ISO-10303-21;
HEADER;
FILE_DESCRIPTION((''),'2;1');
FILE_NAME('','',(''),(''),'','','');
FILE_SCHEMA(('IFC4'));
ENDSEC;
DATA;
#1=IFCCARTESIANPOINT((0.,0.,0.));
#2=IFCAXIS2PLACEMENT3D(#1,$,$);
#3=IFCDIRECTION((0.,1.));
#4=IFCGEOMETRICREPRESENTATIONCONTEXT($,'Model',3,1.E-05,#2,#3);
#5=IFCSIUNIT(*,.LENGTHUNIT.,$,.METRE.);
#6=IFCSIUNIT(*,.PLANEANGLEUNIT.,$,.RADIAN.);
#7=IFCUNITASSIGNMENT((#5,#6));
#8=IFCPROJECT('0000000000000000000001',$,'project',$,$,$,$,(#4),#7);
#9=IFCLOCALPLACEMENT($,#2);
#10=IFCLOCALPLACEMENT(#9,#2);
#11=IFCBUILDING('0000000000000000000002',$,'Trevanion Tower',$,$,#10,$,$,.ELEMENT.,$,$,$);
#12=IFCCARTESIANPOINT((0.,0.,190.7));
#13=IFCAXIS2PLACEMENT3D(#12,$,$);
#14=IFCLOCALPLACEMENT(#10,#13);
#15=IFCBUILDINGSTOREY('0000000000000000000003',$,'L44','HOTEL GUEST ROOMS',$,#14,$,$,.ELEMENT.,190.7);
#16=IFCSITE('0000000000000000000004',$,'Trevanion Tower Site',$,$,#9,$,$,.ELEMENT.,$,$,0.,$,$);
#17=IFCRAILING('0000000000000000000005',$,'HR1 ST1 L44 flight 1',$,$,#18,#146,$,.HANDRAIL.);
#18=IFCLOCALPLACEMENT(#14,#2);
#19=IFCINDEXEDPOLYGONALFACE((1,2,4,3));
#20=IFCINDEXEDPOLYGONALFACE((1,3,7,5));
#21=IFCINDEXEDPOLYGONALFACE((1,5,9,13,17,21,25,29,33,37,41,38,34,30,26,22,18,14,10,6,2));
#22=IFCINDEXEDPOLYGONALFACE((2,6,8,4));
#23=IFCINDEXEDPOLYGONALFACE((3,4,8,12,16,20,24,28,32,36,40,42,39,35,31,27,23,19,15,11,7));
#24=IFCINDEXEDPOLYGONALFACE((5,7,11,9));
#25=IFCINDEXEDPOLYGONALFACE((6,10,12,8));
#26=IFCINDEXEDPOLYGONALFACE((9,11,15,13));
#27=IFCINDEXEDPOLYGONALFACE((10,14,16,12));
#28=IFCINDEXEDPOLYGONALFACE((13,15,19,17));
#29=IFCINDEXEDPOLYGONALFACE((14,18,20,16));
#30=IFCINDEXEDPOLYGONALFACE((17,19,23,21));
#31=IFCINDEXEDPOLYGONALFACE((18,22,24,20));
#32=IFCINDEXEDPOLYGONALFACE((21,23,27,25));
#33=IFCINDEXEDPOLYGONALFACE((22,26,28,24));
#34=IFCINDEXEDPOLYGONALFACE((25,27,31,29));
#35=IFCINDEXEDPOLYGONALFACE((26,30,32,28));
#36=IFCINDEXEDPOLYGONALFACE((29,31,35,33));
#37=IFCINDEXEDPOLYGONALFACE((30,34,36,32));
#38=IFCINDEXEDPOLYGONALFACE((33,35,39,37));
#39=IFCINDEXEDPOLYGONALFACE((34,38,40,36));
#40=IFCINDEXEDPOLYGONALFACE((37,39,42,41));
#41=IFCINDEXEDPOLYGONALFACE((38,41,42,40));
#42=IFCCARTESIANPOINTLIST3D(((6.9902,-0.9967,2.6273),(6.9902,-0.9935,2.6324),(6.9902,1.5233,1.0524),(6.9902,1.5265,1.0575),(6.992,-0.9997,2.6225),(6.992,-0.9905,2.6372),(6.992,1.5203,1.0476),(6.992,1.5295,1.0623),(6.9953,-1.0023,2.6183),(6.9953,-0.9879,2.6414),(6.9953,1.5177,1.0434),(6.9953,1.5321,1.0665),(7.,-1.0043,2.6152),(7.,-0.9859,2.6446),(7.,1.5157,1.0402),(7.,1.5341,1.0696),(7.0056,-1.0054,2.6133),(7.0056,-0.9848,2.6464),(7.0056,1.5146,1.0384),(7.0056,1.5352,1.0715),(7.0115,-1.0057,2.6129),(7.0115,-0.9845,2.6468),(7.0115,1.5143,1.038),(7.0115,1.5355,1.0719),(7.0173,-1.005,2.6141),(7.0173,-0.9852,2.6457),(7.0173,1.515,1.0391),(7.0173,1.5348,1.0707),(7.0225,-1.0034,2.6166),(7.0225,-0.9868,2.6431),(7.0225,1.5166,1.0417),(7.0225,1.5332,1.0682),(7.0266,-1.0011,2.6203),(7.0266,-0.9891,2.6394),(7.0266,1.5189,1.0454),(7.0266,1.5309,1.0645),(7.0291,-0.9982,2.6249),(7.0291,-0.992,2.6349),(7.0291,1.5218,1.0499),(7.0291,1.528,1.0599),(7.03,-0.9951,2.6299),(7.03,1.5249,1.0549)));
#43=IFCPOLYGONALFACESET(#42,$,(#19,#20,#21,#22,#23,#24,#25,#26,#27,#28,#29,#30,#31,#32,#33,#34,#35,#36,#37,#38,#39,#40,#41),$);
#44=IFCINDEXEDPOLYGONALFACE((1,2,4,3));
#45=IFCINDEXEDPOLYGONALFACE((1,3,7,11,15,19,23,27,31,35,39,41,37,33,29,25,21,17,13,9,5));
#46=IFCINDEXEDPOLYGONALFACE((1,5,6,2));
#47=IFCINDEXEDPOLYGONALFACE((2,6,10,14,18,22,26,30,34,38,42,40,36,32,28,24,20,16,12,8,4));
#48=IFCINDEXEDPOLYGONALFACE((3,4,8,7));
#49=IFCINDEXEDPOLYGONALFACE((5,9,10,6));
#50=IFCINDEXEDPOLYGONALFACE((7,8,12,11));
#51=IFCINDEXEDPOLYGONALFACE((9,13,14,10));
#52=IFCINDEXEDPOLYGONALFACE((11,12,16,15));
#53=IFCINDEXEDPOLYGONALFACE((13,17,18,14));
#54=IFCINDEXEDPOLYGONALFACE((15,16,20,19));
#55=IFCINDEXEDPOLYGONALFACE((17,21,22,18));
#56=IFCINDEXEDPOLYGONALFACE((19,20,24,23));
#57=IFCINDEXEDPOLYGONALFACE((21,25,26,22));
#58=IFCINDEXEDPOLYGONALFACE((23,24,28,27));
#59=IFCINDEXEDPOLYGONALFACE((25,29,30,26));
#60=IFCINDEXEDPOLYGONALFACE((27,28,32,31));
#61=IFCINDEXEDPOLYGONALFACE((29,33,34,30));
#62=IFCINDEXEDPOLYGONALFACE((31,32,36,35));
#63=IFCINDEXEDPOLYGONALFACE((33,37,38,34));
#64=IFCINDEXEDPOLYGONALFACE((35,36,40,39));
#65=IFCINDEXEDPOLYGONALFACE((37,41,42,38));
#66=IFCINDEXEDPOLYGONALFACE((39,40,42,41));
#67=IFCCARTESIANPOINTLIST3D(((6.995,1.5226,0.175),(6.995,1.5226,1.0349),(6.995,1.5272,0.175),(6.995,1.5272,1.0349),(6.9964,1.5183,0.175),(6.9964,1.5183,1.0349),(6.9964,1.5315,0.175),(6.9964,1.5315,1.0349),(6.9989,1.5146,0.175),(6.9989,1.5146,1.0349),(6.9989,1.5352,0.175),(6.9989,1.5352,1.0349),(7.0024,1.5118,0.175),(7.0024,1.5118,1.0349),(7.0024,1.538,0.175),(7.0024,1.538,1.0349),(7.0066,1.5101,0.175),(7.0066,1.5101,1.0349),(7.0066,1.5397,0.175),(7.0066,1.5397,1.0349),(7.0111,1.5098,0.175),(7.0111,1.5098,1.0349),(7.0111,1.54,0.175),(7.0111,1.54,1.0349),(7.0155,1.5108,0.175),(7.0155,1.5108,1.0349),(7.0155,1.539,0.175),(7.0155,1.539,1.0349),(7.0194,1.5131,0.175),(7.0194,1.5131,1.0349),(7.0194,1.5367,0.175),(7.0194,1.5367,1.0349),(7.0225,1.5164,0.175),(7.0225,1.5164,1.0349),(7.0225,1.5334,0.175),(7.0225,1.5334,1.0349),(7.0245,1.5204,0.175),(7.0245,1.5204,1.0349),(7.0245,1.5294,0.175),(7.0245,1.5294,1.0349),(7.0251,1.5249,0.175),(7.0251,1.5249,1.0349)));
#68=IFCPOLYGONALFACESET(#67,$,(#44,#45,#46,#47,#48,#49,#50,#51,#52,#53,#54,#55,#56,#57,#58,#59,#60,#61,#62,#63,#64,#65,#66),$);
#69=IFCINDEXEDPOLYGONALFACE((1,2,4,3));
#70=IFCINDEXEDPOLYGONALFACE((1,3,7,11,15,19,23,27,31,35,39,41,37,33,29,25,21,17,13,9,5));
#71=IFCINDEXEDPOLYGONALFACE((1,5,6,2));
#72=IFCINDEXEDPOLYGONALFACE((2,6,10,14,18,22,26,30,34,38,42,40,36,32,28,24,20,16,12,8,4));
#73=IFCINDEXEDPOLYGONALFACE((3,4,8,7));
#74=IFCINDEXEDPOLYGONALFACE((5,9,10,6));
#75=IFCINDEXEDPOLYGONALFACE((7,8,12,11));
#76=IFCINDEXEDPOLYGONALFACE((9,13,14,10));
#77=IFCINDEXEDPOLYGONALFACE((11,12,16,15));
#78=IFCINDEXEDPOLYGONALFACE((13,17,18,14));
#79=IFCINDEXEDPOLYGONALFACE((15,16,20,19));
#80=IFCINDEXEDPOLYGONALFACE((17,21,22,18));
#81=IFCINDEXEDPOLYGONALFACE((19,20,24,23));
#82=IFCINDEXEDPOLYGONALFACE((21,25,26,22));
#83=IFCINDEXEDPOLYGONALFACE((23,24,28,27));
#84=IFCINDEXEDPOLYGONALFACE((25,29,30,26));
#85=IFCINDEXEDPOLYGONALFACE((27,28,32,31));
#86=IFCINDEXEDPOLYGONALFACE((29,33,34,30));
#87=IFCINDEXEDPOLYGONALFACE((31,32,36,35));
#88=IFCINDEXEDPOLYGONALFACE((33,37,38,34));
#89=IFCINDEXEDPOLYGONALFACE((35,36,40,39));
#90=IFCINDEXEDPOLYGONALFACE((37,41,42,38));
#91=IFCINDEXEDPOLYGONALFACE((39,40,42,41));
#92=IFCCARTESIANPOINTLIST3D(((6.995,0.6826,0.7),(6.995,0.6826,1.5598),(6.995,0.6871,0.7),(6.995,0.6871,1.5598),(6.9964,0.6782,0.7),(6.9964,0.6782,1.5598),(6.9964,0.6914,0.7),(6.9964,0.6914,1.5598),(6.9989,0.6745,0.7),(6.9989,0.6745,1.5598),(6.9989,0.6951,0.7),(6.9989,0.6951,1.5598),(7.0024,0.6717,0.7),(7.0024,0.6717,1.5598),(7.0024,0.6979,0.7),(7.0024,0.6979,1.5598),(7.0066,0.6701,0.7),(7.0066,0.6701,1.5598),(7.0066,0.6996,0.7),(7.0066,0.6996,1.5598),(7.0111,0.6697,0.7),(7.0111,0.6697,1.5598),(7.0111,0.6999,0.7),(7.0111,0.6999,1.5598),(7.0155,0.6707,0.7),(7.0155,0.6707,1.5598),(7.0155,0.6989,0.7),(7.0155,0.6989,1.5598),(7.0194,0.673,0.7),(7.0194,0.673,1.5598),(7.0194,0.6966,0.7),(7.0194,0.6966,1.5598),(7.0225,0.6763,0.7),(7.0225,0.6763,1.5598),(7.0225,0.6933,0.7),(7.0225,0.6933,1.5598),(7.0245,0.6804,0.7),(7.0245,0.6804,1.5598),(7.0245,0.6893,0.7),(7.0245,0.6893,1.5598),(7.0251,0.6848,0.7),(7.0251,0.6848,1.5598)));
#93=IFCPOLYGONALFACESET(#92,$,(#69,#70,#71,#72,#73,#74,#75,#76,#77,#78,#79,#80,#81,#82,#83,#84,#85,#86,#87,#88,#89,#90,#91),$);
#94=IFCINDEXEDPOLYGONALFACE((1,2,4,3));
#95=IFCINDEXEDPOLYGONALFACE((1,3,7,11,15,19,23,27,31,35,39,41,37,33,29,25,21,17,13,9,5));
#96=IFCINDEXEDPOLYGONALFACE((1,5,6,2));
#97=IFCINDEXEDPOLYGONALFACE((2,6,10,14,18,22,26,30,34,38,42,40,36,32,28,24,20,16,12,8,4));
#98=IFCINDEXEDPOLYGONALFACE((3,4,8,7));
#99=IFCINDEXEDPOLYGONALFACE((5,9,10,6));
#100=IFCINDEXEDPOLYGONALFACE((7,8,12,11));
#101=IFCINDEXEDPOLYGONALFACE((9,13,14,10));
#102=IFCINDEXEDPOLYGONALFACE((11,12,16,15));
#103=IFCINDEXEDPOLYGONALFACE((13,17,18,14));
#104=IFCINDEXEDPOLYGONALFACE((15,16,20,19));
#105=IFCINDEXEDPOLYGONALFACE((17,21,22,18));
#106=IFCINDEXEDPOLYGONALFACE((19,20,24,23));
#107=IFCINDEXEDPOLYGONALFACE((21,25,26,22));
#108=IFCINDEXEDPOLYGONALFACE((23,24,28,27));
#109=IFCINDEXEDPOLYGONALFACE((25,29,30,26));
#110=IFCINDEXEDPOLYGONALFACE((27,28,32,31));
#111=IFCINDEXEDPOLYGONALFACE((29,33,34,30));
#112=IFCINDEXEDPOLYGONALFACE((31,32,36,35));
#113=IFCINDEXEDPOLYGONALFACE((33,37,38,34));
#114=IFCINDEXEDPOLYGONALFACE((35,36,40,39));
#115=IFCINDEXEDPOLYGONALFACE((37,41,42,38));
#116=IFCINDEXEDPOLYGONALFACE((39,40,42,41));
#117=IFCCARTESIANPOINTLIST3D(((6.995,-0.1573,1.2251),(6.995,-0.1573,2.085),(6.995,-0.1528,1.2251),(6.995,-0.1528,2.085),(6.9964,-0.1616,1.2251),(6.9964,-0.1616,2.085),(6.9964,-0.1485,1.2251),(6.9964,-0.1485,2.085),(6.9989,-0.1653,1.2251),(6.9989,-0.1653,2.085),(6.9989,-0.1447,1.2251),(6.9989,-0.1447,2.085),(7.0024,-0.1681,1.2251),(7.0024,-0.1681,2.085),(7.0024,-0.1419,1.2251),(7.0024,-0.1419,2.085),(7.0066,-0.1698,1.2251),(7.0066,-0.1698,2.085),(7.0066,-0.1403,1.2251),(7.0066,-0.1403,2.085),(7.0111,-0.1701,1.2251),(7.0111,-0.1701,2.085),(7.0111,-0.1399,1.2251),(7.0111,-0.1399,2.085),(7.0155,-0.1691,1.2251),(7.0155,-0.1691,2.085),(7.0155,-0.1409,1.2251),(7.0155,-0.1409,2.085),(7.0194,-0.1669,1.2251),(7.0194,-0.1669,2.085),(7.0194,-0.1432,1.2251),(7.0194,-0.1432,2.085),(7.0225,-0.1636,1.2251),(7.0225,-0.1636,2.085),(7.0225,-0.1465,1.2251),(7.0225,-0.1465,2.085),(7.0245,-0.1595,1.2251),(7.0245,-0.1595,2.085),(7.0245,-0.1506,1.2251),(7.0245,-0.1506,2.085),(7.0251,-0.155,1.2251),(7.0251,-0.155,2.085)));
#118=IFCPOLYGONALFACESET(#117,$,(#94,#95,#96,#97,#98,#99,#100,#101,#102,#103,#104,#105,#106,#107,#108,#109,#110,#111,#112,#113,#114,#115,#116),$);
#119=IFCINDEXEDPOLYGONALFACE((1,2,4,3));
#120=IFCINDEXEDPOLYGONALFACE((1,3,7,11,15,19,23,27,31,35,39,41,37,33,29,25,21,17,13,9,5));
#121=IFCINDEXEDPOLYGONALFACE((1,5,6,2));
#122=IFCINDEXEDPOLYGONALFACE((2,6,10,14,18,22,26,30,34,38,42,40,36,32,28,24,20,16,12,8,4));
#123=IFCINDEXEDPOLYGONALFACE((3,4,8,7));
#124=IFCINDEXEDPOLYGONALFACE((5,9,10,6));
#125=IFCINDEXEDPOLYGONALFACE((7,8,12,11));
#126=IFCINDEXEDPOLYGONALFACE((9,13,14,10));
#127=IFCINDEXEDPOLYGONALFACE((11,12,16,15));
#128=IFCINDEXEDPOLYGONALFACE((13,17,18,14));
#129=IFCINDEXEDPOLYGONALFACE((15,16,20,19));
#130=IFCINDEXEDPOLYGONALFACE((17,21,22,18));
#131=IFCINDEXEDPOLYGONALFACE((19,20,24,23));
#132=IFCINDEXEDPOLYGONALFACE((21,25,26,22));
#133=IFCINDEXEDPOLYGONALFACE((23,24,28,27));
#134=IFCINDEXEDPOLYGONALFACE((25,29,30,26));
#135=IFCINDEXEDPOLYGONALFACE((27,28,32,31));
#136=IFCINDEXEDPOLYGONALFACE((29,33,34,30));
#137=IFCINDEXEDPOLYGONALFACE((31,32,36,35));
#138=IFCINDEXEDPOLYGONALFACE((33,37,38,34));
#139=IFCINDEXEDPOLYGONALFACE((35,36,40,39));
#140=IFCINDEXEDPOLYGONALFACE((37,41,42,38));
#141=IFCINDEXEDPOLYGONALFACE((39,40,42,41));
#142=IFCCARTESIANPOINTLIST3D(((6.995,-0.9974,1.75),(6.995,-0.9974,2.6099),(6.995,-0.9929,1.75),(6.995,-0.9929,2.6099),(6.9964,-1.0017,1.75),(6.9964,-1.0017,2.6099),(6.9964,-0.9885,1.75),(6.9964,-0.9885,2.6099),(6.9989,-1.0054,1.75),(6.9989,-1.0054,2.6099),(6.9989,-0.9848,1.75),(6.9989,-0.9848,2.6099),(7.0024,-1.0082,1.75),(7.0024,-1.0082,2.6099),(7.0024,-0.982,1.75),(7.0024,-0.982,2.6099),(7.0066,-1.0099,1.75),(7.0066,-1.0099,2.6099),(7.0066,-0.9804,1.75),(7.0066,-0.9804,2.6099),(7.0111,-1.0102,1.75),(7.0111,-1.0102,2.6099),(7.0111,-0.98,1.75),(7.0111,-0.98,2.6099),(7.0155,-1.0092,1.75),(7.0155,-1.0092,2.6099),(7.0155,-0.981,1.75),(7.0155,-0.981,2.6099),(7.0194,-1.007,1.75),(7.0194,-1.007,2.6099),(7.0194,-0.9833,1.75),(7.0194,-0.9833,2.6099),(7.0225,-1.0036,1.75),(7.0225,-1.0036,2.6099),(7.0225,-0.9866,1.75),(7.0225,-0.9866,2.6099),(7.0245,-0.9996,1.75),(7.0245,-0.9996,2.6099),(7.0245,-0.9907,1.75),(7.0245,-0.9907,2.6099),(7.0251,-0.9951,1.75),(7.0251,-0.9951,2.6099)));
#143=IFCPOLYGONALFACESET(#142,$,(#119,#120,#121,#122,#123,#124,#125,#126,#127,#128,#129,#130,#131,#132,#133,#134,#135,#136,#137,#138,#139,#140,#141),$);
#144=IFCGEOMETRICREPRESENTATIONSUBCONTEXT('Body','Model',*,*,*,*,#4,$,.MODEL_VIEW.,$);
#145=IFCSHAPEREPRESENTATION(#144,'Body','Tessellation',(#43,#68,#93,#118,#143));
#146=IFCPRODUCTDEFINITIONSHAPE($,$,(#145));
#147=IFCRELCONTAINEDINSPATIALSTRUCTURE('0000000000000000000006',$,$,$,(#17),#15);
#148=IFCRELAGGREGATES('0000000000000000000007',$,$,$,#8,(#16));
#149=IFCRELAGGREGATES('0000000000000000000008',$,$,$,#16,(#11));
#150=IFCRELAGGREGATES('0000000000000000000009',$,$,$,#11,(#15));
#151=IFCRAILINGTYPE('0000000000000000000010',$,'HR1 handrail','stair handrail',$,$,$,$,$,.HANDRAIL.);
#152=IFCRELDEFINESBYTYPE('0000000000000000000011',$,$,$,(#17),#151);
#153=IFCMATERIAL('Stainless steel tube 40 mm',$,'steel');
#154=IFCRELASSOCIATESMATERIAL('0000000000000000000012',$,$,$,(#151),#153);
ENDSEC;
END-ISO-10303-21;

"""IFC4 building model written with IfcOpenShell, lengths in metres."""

from ifc_helpers import new_model, si_unit, direction, frame, origin, origin_2d, place, context, subcontext, project, spatial, circle, extrude, material, type_object, element, save


model = new_model("IFC4")

# Units and contexts
model_context = context("Model", 3, precision=1e-05, world=origin(), true_north=direction((0.0, 1.0)))
body_context = subcontext(model_context, "Body", "Model", "MODEL_VIEW")
ifc_project = project(units=[si_unit("LENGTHUNIT", "METRE"), si_unit("PLANEANGLEUNIT", "RADIAN")], contexts=[model_context])

# Site, building, storey
site_placement = place(None, origin())
site = spatial("IfcSite", under=ifc_project, at=site_placement, Name="Trevanion Tower Site", CompositionType="ELEMENT", RefElevation=0.0)
building_placement = place(site_placement, origin())
building = spatial("IfcBuilding", under=site, at=building_placement, Name="Trevanion Tower", CompositionType="ELEMENT")
storey_placement = place(building_placement, frame((0.0, 0.0, 190.7)))
storey = spatial("IfcBuildingStorey", under=building, at=storey_placement, Name="L44", Description="HOTEL GUEST ROOMS", CompositionType="ELEMENT", Elevation=190.7)

# Railing
ifc_material_1 = material(Name="Stainless steel tube 40 mm", Category="steel")
railing_type = type_object("IfcRailingType", Name="HR1 handrail", Description="stair handrail", PredefinedType="HANDRAIL", material=ifc_material_1)
for number, where, name in (
    (1, (7.01, 1.5249, 0.175), "HR1 ST1 L44 flight 1"),
):
    element("IfcRailing", number, at=place(storey_placement, frame(where)), inside=storey, type_object=railing_type, Name=name, PredefinedType="HANDRAIL", context=body_context, shape_type="SweptSolid", body=[
        extrude(circle(Radius=0.02, at=origin_2d()), frame((0.0, 0.0, 0.8799), z_axis=(0.0, -0.848008, 0.529984), x_axis=(1.0, 0.0, 0.0)), (0.0, 0.0, 1.0), 2.9717),
        extrude(circle(Radius=0.0151, at=origin_2d()), origin(), (0.0, 0.0, 1.0), 0.8599),
        extrude(circle(Radius=0.0151, at=origin_2d()), frame((0.0, -0.8401, 0.5249)), (0.0, 0.0, 1.0), 0.8599),
        extrude(circle(Radius=0.0151, at=origin_2d()), frame((0.0, -1.6799, 1.05)), (0.0, 0.0, 1.0), 0.8599),
        extrude(circle(Radius=0.0151, at=origin_2d()), frame((0.0, -2.52, 1.575)), (0.0, 0.0, 1.0), 0.8599),
    ])

save(model, "model.ifc")
